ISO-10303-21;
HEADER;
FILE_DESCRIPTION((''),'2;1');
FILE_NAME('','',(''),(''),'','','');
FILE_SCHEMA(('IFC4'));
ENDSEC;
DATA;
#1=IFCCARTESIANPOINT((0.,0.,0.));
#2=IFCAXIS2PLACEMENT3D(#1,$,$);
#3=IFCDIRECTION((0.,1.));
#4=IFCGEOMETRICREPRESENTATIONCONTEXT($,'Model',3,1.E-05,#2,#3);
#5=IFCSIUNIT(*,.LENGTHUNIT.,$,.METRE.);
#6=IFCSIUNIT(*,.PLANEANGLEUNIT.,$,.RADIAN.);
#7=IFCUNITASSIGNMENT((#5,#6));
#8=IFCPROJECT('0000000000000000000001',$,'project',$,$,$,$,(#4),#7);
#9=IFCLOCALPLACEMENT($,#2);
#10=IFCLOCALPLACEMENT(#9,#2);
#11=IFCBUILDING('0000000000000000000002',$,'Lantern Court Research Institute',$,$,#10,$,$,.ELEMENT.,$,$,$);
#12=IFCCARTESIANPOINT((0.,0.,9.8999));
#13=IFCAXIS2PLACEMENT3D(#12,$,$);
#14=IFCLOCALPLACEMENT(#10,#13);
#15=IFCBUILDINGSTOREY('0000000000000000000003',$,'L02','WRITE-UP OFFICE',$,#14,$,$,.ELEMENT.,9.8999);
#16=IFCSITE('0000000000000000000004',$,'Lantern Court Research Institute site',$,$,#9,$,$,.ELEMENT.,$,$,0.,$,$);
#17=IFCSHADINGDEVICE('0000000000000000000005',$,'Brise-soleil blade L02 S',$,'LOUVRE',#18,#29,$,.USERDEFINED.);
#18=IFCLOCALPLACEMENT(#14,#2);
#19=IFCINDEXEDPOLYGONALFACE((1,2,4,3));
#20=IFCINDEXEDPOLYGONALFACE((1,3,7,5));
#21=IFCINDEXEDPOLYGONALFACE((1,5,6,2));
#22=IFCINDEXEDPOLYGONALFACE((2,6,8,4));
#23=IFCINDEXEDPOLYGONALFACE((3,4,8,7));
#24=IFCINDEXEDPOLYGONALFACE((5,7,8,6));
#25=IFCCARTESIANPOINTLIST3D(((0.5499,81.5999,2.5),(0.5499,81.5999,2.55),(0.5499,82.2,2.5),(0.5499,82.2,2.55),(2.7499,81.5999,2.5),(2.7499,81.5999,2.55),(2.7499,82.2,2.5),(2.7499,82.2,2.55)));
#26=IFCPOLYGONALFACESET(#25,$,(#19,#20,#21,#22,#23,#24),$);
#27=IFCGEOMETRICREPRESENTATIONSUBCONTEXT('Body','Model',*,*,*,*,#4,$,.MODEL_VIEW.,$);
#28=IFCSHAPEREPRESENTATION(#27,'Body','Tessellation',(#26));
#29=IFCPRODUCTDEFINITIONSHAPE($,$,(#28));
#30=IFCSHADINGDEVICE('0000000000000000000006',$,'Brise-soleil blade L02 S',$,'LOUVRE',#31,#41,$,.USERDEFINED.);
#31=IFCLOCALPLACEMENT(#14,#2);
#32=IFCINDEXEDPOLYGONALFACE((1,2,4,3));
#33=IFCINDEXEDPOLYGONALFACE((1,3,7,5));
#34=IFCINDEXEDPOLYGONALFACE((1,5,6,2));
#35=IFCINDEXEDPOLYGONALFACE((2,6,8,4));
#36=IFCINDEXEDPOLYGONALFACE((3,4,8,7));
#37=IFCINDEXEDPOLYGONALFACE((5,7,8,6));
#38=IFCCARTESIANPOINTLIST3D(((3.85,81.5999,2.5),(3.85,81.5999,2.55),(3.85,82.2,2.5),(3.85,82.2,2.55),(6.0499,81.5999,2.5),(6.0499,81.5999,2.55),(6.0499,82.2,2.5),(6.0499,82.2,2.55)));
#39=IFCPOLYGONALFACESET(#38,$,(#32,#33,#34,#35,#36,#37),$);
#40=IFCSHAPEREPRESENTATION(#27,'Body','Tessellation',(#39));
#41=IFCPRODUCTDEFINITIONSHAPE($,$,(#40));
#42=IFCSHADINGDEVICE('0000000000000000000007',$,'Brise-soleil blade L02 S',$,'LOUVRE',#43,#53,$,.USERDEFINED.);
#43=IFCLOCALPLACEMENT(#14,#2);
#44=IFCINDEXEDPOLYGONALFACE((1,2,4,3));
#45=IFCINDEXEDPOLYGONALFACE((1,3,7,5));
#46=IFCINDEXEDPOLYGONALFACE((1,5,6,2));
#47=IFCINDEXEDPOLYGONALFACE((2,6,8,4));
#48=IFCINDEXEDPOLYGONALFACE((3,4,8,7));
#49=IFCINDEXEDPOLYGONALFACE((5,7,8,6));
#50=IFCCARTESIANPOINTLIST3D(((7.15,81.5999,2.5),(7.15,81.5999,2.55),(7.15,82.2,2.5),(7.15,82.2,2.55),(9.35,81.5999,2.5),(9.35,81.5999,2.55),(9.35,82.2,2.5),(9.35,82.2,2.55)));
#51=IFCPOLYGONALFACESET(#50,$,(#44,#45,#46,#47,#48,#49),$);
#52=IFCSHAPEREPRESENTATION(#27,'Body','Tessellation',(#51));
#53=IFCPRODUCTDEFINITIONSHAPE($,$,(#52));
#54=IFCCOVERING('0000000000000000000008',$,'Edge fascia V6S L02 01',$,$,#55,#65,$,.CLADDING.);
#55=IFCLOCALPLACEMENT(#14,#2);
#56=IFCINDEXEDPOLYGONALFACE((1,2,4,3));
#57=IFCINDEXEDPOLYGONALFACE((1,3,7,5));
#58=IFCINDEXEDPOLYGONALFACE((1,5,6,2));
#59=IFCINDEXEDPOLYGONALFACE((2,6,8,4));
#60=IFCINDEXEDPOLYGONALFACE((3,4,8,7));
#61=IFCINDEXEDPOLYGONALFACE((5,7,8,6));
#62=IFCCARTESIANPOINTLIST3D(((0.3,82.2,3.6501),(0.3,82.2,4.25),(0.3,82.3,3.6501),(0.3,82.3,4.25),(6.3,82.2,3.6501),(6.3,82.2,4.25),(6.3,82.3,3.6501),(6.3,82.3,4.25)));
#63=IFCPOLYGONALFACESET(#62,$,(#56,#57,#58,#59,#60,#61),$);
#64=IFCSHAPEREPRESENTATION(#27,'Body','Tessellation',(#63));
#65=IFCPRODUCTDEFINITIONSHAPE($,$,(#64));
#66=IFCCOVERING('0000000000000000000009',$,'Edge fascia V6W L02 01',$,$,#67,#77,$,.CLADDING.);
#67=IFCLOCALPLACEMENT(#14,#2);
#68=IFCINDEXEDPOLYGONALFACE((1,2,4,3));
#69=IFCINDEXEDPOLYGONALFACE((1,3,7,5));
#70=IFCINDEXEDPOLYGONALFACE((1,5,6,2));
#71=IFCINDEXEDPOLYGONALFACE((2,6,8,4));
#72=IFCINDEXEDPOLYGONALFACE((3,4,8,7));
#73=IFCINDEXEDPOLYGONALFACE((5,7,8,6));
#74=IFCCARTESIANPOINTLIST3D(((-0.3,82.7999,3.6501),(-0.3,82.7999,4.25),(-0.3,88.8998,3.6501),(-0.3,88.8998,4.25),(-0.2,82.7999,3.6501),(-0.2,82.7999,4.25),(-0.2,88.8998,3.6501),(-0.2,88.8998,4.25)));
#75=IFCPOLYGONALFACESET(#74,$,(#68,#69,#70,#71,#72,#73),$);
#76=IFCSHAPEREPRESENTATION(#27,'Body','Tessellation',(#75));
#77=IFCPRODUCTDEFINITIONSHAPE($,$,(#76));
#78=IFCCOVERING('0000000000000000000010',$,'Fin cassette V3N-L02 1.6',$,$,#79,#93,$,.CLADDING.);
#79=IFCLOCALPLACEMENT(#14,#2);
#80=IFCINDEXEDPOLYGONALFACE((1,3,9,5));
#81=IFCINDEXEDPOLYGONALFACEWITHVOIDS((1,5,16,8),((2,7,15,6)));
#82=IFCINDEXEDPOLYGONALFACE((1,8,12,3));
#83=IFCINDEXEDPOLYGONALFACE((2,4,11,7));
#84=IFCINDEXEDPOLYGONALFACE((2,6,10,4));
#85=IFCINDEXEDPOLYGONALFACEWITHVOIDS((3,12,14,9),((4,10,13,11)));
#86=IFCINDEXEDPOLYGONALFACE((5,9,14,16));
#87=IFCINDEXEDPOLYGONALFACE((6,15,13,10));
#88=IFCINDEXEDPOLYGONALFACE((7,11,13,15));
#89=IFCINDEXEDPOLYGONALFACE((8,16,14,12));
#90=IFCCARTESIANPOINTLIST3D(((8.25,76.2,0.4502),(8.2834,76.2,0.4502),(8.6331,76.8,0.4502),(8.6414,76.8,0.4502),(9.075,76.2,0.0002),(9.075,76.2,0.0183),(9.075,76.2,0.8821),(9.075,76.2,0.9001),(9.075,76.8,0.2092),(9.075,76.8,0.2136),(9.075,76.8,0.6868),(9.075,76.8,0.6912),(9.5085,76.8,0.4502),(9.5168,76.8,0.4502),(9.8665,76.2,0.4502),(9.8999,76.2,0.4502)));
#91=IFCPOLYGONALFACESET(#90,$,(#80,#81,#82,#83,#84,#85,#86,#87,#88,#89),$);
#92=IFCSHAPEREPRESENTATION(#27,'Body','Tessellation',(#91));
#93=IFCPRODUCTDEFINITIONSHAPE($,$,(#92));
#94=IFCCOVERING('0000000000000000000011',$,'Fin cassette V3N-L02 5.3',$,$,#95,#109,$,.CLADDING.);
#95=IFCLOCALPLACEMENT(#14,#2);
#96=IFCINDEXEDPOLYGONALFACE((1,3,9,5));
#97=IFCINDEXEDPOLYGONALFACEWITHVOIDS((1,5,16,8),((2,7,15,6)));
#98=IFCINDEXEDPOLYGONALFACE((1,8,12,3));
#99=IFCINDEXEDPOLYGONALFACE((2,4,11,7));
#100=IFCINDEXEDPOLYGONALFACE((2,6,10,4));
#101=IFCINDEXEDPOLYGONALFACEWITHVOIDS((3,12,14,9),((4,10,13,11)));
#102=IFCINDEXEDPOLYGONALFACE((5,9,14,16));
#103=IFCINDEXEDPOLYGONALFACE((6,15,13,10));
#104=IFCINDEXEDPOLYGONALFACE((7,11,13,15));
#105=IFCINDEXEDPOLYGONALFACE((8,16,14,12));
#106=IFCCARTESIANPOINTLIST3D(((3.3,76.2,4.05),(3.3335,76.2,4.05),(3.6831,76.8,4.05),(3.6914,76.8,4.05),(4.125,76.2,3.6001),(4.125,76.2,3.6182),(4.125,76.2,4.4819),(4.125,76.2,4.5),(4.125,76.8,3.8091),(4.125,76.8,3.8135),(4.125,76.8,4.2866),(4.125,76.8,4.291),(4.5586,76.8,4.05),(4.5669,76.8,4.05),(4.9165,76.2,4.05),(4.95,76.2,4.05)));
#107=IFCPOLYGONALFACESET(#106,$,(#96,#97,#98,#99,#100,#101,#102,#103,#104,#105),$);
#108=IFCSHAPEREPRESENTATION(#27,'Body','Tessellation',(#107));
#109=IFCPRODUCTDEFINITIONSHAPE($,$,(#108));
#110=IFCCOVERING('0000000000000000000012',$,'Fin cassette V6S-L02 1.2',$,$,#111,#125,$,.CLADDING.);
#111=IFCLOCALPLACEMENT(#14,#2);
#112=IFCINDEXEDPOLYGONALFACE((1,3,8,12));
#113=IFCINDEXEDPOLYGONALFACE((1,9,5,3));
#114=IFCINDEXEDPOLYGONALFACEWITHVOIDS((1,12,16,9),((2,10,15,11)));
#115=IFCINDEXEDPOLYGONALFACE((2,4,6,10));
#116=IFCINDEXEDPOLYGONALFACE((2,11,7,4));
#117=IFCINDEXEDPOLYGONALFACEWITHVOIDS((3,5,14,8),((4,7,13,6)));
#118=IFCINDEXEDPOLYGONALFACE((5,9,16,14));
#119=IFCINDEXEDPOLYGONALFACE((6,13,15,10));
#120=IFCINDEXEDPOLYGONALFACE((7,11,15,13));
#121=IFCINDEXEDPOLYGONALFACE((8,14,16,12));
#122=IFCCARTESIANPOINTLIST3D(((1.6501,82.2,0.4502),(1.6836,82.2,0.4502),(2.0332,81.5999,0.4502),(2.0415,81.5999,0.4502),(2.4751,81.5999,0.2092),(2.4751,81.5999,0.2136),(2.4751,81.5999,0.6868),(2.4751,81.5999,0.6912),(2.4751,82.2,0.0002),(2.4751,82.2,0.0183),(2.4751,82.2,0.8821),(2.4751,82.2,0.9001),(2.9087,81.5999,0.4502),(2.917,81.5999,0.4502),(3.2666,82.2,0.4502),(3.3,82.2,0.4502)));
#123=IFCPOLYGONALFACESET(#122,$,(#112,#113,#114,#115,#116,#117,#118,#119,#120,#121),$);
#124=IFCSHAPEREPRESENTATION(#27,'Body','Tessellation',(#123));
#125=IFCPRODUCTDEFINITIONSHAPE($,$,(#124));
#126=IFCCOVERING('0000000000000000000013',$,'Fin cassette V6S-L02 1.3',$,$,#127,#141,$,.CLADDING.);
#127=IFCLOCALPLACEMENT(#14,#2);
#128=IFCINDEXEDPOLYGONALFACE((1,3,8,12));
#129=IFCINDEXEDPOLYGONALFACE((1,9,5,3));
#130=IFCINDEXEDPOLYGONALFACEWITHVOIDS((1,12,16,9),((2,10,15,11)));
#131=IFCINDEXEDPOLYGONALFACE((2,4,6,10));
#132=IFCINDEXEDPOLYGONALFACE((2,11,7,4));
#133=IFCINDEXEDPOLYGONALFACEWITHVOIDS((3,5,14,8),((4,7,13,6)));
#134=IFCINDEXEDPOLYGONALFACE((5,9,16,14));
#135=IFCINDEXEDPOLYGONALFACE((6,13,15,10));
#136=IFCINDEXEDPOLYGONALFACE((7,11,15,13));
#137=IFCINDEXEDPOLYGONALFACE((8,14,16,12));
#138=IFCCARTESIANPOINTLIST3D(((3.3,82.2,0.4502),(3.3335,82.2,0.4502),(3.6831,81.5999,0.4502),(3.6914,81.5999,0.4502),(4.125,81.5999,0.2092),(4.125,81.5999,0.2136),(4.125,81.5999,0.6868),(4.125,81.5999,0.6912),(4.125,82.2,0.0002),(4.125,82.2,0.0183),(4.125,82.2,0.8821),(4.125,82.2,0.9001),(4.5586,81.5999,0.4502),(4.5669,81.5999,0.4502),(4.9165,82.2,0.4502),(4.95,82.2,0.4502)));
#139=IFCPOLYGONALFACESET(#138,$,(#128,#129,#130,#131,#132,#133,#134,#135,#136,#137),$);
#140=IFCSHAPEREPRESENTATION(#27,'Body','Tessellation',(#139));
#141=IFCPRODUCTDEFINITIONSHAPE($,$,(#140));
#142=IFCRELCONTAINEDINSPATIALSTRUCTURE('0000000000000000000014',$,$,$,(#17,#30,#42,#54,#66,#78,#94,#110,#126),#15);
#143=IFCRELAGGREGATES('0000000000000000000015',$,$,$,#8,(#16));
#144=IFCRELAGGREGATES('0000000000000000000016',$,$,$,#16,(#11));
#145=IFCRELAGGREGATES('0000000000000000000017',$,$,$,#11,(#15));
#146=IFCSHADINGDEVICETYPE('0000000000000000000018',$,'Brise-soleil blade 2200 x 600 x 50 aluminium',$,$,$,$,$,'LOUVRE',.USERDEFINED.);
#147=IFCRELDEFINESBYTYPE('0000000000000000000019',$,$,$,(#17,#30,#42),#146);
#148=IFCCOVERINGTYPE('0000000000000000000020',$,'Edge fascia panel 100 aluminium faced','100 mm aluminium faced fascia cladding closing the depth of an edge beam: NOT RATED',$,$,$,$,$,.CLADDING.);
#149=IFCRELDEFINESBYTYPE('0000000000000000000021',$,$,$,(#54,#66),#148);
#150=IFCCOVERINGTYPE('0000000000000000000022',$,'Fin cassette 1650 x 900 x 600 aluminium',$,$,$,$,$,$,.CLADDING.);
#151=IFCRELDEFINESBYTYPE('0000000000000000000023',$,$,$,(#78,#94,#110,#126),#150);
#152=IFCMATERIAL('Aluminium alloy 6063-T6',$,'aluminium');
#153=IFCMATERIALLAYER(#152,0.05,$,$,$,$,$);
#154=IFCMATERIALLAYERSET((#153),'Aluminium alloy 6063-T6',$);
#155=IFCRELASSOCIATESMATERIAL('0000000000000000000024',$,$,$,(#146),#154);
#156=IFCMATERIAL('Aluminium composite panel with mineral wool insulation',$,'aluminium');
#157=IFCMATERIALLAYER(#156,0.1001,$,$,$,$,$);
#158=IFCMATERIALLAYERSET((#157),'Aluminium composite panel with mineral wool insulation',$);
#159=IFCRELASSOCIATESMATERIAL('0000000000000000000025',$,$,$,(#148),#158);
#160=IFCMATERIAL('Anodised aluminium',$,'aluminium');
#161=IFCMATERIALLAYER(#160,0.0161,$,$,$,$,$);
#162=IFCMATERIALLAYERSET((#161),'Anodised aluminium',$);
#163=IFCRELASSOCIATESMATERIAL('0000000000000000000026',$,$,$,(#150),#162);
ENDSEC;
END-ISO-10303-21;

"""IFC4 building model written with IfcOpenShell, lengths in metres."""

from ifc_helpers import new_model, entity, si_unit, direction, frame, frame_2d, origin, origin_2d, place, context, subcontext, project, spatial, rectangle, extrude, material, layer, layer_set, type_object, element, save


model = new_model("IFC4")

# Units and contexts
model_context = context("Model", 3, precision=1e-05, world=origin(), true_north=direction((0.0, 1.0)))
body_context = subcontext(model_context, "Body", "Model", "MODEL_VIEW")
ifc_project = project(units=[si_unit("LENGTHUNIT", "METRE"), si_unit("PLANEANGLEUNIT", "RADIAN")], contexts=[model_context])

# Site, building, storey
site_placement = place(None, origin())
site = spatial("IfcSite", under=ifc_project, at=site_placement, Name="Lantern Court Research Institute site", CompositionType="ELEMENT", RefElevation=0.0)
building_placement = place(site_placement, origin())
building = spatial("IfcBuilding", under=site, at=building_placement, Name="Lantern Court Research Institute", CompositionType="ELEMENT")
storey_placement = place(building_placement, frame((0.0, 0.0, 9.8999)))
storey = spatial("IfcBuildingStorey", under=building, at=storey_placement, Name="L02", Description="WRITE-UP OFFICE", CompositionType="ELEMENT", Elevation=9.8999)

# Shading devices
ifc_material_1 = material(Name="Aluminium alloy 6063-T6", Category="aluminium")
ifc_layer_1 = layer(ifc_material_1, 0.05)
ifc_layer_set_1 = layer_set([ifc_layer_1], Name="Aluminium alloy 6063-T6")
shading_device_type = type_object("IfcShadingDeviceType", Name="Brise-soleil blade 2200 x 600 x 50 aluminium", ElementType="LOUVRE", PredefinedType="USERDEFINED", material=ifc_layer_set_1)
for number, where, z_axis, x_axis, name in (
    (1, (1.6499, 81.8999, 2.5), (0.0, 0.0, 1.0), (-1.0, 0.0, 0.0), "Brise-soleil blade L02 S"),
    (2, (4.95, 81.8999, 2.5), (0.0, 0.0, 1.0), (-1.0, 0.0, 0.0), "Brise-soleil blade L02 S"),
    (3, (8.25, 81.8999, 2.5), (0.0, 0.0, 1.0), (-1.0, 0.0, 0.0), "Brise-soleil blade L02 S"),
):
    element("IfcShadingDevice", number, at=place(storey_placement, frame(where, z_axis=z_axis, x_axis=x_axis)), inside=storey, type_object=shading_device_type, Name=name, ObjectType="LOUVRE", PredefinedType="USERDEFINED", context=body_context, shape_type="SweptSolid", body=[
        extrude(rectangle(XDim=2.2, YDim=0.6001, at=origin_2d()), origin(), (0.0, 0.0, 1.0), 0.05),
    ])

# Coverings
ifc_material_2 = material(Name="Aluminium composite panel with mineral wool insulation", Category="aluminium")
ifc_layer_2 = layer(ifc_material_2, 0.1001)
ifc_layer_set_2 = layer_set([ifc_layer_2], Name="Aluminium composite panel with mineral wool insulation")
covering_type_1 = type_object("IfcCoveringType", Name="Edge fascia panel 100 aluminium faced", Description="100 mm aluminium faced fascia cladding closing the depth of an edge beam: NOT RATED", PredefinedType="CLADDING", material=ifc_layer_set_2)
covering_1_placement = place(storey_placement, frame((6.3, 82.25, 3.6501), z_axis=(0.0, 0.0, 1.0), x_axis=(-1.0, 0.0, 0.0)))
element("IfcCovering", 4, at=covering_1_placement, inside=storey, type_object=covering_type_1, Name="Edge fascia V6S L02 01", PredefinedType="CLADDING", context=body_context, shape_type="SweptSolid", body=[
    extrude(rectangle(XDim=6.0, YDim=0.1001, at=frame_2d((3.0, 0.0))), origin(), (0.0, 0.0, 1.0), 0.5999),
])
covering_2_placement = place(storey_placement, frame((-0.25, 82.8, 3.6501), z_axis=(0.0, 0.0, 1.0), x_axis=(0.0, 1.0, 0.0)))
element("IfcCovering", 5, at=covering_2_placement, inside=storey, type_object=covering_type_1, Name="Edge fascia V6W L02 01", PredefinedType="CLADDING", context=body_context, shape_type="SweptSolid", body=[
    extrude(rectangle(XDim=6.0999, YDim=0.1001, at=frame_2d((3.0498, 0.0))), origin(), (0.0, 0.0, 1.0), 0.5999),
])
ifc_material_3 = material(Name="Anodised aluminium", Category="aluminium")
ifc_layer_3 = layer(ifc_material_3, 0.0161)
ifc_layer_set_3 = layer_set([ifc_layer_3], Name="Anodised aluminium")
covering_type_2 = type_object("IfcCoveringType", Name="Fin cassette 1650 x 900 x 600 aluminium", PredefinedType="CLADDING", material=ifc_layer_set_3)
covering_3_placement = place(storey_placement, frame((9.075, 76.2, 0.4502), z_axis=(0.0, 1.0, 0.0), x_axis=(-1.0, 0.0, 0.0)))
cartesian_point_1 = entity("IfcCartesianPoint", [0.825, 0.0])
cartesian_point_2 = entity("IfcCartesianPoint", [0.7915, 0.0])
cartesian_point_3 = entity("IfcCartesianPoint", [0.4419, 0.0])
cartesian_point_4 = entity("IfcCartesianPoint", [0.4336, 0.0])
element("IfcCovering", 6, at=covering_3_placement, inside=storey, type_object=covering_type_2, Name="Fin cassette V3N-L02 1.6", PredefinedType="CLADDING", context=body_context, shape_type="SweptSolid", body=[
    entity("IfcExtrudedAreaSolidTapered", entity("IfcArbitraryProfileDefWithVoids", "AREA", None, entity("IfcPolyline", [cartesian_point_1, entity("IfcCartesianPoint", [0.0, 0.45]), entity("IfcCartesianPoint", [-0.825, 0.0]), entity("IfcCartesianPoint", [0.0, -0.45]), cartesian_point_1]), [entity("IfcPolyline", [cartesian_point_2, entity("IfcCartesianPoint", [0.0, 0.4319]), entity("IfcCartesianPoint", [-0.7915, 0.0]), entity("IfcCartesianPoint", [0.0, -0.4319]), cartesian_point_2])]), entity("IfcAxis2Placement3D", entity("IfcCartesianPoint", [0.0, 0.0, 0.0])), entity("IfcDirection", [0.0, 0.0, 1.0]), 0.6001, entity("IfcArbitraryProfileDefWithVoids", "AREA", None, entity("IfcPolyline", [cartesian_point_3, entity("IfcCartesianPoint", [0.0, 0.241]), entity("IfcCartesianPoint", [-0.4419, 0.0]), entity("IfcCartesianPoint", [0.0, -0.241]), cartesian_point_3]), [entity("IfcPolyline", [cartesian_point_4, entity("IfcCartesianPoint", [0.0, 0.2366]), entity("IfcCartesianPoint", [-0.4336, 0.0]), entity("IfcCartesianPoint", [0.0, -0.2366]), cartesian_point_4])])),
])
covering_4_placement = place(storey_placement, frame((4.125, 76.2, 4.05), z_axis=(0.0, 1.0, 0.0), x_axis=(-1.0, 0.0, 0.0)))
cartesian_point_5 = entity("IfcCartesianPoint", [0.825, 0.0])
cartesian_point_6 = entity("IfcCartesianPoint", [0.7915, 0.0])
cartesian_point_7 = entity("IfcCartesianPoint", [0.4419, 0.0])
cartesian_point_8 = entity("IfcCartesianPoint", [0.4336, 0.0])
element("IfcCovering", 7, at=covering_4_placement, inside=storey, type_object=covering_type_2, Name="Fin cassette V3N-L02 5.3", PredefinedType="CLADDING", context=body_context, shape_type="SweptSolid", body=[
    entity("IfcExtrudedAreaSolidTapered", entity("IfcArbitraryProfileDefWithVoids", "AREA", None, entity("IfcPolyline", [cartesian_point_5, entity("IfcCartesianPoint", [0.0, 0.45]), entity("IfcCartesianPoint", [-0.825, 0.0]), entity("IfcCartesianPoint", [0.0, -0.45]), cartesian_point_5]), [entity("IfcPolyline", [cartesian_point_6, entity("IfcCartesianPoint", [0.0, 0.4319]), entity("IfcCartesianPoint", [-0.7915, 0.0]), entity("IfcCartesianPoint", [0.0, -0.4319]), cartesian_point_6])]), entity("IfcAxis2Placement3D", entity("IfcCartesianPoint", [0.0, 0.0, 0.0])), entity("IfcDirection", [0.0, 0.0, 1.0]), 0.6001, entity("IfcArbitraryProfileDefWithVoids", "AREA", None, entity("IfcPolyline", [cartesian_point_7, entity("IfcCartesianPoint", [0.0, 0.241]), entity("IfcCartesianPoint", [-0.4419, 0.0]), entity("IfcCartesianPoint", [0.0, -0.241]), cartesian_point_7]), [entity("IfcPolyline", [cartesian_point_8, entity("IfcCartesianPoint", [0.0, 0.2366]), entity("IfcCartesianPoint", [-0.4336, 0.0]), entity("IfcCartesianPoint", [0.0, -0.2366]), cartesian_point_8])])),
])
covering_5_placement = place(storey_placement, frame((2.4751, 82.2, 0.4502), z_axis=(0.0, -1.0, 0.0), x_axis=(1.0, 0.0, 0.0)))
cartesian_point_9 = entity("IfcCartesianPoint", [0.825, 0.0])
cartesian_point_10 = entity("IfcCartesianPoint", [0.7915, 0.0])
cartesian_point_11 = entity("IfcCartesianPoint", [0.4419, 0.0])
cartesian_point_12 = entity("IfcCartesianPoint", [0.4336, 0.0])
element("IfcCovering", 8, at=covering_5_placement, inside=storey, type_object=covering_type_2, Name="Fin cassette V6S-L02 1.2", PredefinedType="CLADDING", context=body_context, shape_type="SweptSolid", body=[
    entity("IfcExtrudedAreaSolidTapered", entity("IfcArbitraryProfileDefWithVoids", "AREA", None, entity("IfcPolyline", [cartesian_point_9, entity("IfcCartesianPoint", [0.0, 0.45]), entity("IfcCartesianPoint", [-0.825, 0.0]), entity("IfcCartesianPoint", [0.0, -0.45]), cartesian_point_9]), [entity("IfcPolyline", [cartesian_point_10, entity("IfcCartesianPoint", [0.0, 0.4319]), entity("IfcCartesianPoint", [-0.7915, 0.0]), entity("IfcCartesianPoint", [0.0, -0.4319]), cartesian_point_10])]), entity("IfcAxis2Placement3D", entity("IfcCartesianPoint", [0.0, 0.0, 0.0])), entity("IfcDirection", [0.0, 0.0, 1.0]), 0.6001, entity("IfcArbitraryProfileDefWithVoids", "AREA", None, entity("IfcPolyline", [cartesian_point_11, entity("IfcCartesianPoint", [0.0, 0.241]), entity("IfcCartesianPoint", [-0.4419, 0.0]), entity("IfcCartesianPoint", [0.0, -0.241]), cartesian_point_11]), [entity("IfcPolyline", [cartesian_point_12, entity("IfcCartesianPoint", [0.0, 0.2366]), entity("IfcCartesianPoint", [-0.4336, 0.0]), entity("IfcCartesianPoint", [0.0, -0.2366]), cartesian_point_12])])),
])
covering_6_placement = place(storey_placement, frame((4.125, 82.2, 0.4502), z_axis=(0.0, -1.0, 0.0), x_axis=(1.0, 0.0, 0.0)))
cartesian_point_13 = entity("IfcCartesianPoint", [0.825, 0.0])
cartesian_point_14 = entity("IfcCartesianPoint", [0.7915, 0.0])
cartesian_point_15 = entity("IfcCartesianPoint", [0.4419, 0.0])
cartesian_point_16 = entity("IfcCartesianPoint", [0.4336, 0.0])
element("IfcCovering", 9, at=covering_6_placement, inside=storey, type_object=covering_type_2, Name="Fin cassette V6S-L02 1.3", PredefinedType="CLADDING", context=body_context, shape_type="SweptSolid", body=[
    entity("IfcExtrudedAreaSolidTapered", entity("IfcArbitraryProfileDefWithVoids", "AREA", None, entity("IfcPolyline", [cartesian_point_13, entity("IfcCartesianPoint", [0.0, 0.45]), entity("IfcCartesianPoint", [-0.825, 0.0]), entity("IfcCartesianPoint", [0.0, -0.45]), cartesian_point_13]), [entity("IfcPolyline", [cartesian_point_14, entity("IfcCartesianPoint", [0.0, 0.4319]), entity("IfcCartesianPoint", [-0.7915, 0.0]), entity("IfcCartesianPoint", [0.0, -0.4319]), cartesian_point_14])]), entity("IfcAxis2Placement3D", entity("IfcCartesianPoint", [0.0, 0.0, 0.0])), entity("IfcDirection", [0.0, 0.0, 1.0]), 0.6001, entity("IfcArbitraryProfileDefWithVoids", "AREA", None, entity("IfcPolyline", [cartesian_point_15, entity("IfcCartesianPoint", [0.0, 0.241]), entity("IfcCartesianPoint", [-0.4419, 0.0]), entity("IfcCartesianPoint", [0.0, -0.241]), cartesian_point_15]), [entity("IfcPolyline", [cartesian_point_16, entity("IfcCartesianPoint", [0.0, 0.2366]), entity("IfcCartesianPoint", [-0.4336, 0.0]), entity("IfcCartesianPoint", [0.0, -0.2366]), cartesian_point_16])])),
])

save(model, "model.ifc")
